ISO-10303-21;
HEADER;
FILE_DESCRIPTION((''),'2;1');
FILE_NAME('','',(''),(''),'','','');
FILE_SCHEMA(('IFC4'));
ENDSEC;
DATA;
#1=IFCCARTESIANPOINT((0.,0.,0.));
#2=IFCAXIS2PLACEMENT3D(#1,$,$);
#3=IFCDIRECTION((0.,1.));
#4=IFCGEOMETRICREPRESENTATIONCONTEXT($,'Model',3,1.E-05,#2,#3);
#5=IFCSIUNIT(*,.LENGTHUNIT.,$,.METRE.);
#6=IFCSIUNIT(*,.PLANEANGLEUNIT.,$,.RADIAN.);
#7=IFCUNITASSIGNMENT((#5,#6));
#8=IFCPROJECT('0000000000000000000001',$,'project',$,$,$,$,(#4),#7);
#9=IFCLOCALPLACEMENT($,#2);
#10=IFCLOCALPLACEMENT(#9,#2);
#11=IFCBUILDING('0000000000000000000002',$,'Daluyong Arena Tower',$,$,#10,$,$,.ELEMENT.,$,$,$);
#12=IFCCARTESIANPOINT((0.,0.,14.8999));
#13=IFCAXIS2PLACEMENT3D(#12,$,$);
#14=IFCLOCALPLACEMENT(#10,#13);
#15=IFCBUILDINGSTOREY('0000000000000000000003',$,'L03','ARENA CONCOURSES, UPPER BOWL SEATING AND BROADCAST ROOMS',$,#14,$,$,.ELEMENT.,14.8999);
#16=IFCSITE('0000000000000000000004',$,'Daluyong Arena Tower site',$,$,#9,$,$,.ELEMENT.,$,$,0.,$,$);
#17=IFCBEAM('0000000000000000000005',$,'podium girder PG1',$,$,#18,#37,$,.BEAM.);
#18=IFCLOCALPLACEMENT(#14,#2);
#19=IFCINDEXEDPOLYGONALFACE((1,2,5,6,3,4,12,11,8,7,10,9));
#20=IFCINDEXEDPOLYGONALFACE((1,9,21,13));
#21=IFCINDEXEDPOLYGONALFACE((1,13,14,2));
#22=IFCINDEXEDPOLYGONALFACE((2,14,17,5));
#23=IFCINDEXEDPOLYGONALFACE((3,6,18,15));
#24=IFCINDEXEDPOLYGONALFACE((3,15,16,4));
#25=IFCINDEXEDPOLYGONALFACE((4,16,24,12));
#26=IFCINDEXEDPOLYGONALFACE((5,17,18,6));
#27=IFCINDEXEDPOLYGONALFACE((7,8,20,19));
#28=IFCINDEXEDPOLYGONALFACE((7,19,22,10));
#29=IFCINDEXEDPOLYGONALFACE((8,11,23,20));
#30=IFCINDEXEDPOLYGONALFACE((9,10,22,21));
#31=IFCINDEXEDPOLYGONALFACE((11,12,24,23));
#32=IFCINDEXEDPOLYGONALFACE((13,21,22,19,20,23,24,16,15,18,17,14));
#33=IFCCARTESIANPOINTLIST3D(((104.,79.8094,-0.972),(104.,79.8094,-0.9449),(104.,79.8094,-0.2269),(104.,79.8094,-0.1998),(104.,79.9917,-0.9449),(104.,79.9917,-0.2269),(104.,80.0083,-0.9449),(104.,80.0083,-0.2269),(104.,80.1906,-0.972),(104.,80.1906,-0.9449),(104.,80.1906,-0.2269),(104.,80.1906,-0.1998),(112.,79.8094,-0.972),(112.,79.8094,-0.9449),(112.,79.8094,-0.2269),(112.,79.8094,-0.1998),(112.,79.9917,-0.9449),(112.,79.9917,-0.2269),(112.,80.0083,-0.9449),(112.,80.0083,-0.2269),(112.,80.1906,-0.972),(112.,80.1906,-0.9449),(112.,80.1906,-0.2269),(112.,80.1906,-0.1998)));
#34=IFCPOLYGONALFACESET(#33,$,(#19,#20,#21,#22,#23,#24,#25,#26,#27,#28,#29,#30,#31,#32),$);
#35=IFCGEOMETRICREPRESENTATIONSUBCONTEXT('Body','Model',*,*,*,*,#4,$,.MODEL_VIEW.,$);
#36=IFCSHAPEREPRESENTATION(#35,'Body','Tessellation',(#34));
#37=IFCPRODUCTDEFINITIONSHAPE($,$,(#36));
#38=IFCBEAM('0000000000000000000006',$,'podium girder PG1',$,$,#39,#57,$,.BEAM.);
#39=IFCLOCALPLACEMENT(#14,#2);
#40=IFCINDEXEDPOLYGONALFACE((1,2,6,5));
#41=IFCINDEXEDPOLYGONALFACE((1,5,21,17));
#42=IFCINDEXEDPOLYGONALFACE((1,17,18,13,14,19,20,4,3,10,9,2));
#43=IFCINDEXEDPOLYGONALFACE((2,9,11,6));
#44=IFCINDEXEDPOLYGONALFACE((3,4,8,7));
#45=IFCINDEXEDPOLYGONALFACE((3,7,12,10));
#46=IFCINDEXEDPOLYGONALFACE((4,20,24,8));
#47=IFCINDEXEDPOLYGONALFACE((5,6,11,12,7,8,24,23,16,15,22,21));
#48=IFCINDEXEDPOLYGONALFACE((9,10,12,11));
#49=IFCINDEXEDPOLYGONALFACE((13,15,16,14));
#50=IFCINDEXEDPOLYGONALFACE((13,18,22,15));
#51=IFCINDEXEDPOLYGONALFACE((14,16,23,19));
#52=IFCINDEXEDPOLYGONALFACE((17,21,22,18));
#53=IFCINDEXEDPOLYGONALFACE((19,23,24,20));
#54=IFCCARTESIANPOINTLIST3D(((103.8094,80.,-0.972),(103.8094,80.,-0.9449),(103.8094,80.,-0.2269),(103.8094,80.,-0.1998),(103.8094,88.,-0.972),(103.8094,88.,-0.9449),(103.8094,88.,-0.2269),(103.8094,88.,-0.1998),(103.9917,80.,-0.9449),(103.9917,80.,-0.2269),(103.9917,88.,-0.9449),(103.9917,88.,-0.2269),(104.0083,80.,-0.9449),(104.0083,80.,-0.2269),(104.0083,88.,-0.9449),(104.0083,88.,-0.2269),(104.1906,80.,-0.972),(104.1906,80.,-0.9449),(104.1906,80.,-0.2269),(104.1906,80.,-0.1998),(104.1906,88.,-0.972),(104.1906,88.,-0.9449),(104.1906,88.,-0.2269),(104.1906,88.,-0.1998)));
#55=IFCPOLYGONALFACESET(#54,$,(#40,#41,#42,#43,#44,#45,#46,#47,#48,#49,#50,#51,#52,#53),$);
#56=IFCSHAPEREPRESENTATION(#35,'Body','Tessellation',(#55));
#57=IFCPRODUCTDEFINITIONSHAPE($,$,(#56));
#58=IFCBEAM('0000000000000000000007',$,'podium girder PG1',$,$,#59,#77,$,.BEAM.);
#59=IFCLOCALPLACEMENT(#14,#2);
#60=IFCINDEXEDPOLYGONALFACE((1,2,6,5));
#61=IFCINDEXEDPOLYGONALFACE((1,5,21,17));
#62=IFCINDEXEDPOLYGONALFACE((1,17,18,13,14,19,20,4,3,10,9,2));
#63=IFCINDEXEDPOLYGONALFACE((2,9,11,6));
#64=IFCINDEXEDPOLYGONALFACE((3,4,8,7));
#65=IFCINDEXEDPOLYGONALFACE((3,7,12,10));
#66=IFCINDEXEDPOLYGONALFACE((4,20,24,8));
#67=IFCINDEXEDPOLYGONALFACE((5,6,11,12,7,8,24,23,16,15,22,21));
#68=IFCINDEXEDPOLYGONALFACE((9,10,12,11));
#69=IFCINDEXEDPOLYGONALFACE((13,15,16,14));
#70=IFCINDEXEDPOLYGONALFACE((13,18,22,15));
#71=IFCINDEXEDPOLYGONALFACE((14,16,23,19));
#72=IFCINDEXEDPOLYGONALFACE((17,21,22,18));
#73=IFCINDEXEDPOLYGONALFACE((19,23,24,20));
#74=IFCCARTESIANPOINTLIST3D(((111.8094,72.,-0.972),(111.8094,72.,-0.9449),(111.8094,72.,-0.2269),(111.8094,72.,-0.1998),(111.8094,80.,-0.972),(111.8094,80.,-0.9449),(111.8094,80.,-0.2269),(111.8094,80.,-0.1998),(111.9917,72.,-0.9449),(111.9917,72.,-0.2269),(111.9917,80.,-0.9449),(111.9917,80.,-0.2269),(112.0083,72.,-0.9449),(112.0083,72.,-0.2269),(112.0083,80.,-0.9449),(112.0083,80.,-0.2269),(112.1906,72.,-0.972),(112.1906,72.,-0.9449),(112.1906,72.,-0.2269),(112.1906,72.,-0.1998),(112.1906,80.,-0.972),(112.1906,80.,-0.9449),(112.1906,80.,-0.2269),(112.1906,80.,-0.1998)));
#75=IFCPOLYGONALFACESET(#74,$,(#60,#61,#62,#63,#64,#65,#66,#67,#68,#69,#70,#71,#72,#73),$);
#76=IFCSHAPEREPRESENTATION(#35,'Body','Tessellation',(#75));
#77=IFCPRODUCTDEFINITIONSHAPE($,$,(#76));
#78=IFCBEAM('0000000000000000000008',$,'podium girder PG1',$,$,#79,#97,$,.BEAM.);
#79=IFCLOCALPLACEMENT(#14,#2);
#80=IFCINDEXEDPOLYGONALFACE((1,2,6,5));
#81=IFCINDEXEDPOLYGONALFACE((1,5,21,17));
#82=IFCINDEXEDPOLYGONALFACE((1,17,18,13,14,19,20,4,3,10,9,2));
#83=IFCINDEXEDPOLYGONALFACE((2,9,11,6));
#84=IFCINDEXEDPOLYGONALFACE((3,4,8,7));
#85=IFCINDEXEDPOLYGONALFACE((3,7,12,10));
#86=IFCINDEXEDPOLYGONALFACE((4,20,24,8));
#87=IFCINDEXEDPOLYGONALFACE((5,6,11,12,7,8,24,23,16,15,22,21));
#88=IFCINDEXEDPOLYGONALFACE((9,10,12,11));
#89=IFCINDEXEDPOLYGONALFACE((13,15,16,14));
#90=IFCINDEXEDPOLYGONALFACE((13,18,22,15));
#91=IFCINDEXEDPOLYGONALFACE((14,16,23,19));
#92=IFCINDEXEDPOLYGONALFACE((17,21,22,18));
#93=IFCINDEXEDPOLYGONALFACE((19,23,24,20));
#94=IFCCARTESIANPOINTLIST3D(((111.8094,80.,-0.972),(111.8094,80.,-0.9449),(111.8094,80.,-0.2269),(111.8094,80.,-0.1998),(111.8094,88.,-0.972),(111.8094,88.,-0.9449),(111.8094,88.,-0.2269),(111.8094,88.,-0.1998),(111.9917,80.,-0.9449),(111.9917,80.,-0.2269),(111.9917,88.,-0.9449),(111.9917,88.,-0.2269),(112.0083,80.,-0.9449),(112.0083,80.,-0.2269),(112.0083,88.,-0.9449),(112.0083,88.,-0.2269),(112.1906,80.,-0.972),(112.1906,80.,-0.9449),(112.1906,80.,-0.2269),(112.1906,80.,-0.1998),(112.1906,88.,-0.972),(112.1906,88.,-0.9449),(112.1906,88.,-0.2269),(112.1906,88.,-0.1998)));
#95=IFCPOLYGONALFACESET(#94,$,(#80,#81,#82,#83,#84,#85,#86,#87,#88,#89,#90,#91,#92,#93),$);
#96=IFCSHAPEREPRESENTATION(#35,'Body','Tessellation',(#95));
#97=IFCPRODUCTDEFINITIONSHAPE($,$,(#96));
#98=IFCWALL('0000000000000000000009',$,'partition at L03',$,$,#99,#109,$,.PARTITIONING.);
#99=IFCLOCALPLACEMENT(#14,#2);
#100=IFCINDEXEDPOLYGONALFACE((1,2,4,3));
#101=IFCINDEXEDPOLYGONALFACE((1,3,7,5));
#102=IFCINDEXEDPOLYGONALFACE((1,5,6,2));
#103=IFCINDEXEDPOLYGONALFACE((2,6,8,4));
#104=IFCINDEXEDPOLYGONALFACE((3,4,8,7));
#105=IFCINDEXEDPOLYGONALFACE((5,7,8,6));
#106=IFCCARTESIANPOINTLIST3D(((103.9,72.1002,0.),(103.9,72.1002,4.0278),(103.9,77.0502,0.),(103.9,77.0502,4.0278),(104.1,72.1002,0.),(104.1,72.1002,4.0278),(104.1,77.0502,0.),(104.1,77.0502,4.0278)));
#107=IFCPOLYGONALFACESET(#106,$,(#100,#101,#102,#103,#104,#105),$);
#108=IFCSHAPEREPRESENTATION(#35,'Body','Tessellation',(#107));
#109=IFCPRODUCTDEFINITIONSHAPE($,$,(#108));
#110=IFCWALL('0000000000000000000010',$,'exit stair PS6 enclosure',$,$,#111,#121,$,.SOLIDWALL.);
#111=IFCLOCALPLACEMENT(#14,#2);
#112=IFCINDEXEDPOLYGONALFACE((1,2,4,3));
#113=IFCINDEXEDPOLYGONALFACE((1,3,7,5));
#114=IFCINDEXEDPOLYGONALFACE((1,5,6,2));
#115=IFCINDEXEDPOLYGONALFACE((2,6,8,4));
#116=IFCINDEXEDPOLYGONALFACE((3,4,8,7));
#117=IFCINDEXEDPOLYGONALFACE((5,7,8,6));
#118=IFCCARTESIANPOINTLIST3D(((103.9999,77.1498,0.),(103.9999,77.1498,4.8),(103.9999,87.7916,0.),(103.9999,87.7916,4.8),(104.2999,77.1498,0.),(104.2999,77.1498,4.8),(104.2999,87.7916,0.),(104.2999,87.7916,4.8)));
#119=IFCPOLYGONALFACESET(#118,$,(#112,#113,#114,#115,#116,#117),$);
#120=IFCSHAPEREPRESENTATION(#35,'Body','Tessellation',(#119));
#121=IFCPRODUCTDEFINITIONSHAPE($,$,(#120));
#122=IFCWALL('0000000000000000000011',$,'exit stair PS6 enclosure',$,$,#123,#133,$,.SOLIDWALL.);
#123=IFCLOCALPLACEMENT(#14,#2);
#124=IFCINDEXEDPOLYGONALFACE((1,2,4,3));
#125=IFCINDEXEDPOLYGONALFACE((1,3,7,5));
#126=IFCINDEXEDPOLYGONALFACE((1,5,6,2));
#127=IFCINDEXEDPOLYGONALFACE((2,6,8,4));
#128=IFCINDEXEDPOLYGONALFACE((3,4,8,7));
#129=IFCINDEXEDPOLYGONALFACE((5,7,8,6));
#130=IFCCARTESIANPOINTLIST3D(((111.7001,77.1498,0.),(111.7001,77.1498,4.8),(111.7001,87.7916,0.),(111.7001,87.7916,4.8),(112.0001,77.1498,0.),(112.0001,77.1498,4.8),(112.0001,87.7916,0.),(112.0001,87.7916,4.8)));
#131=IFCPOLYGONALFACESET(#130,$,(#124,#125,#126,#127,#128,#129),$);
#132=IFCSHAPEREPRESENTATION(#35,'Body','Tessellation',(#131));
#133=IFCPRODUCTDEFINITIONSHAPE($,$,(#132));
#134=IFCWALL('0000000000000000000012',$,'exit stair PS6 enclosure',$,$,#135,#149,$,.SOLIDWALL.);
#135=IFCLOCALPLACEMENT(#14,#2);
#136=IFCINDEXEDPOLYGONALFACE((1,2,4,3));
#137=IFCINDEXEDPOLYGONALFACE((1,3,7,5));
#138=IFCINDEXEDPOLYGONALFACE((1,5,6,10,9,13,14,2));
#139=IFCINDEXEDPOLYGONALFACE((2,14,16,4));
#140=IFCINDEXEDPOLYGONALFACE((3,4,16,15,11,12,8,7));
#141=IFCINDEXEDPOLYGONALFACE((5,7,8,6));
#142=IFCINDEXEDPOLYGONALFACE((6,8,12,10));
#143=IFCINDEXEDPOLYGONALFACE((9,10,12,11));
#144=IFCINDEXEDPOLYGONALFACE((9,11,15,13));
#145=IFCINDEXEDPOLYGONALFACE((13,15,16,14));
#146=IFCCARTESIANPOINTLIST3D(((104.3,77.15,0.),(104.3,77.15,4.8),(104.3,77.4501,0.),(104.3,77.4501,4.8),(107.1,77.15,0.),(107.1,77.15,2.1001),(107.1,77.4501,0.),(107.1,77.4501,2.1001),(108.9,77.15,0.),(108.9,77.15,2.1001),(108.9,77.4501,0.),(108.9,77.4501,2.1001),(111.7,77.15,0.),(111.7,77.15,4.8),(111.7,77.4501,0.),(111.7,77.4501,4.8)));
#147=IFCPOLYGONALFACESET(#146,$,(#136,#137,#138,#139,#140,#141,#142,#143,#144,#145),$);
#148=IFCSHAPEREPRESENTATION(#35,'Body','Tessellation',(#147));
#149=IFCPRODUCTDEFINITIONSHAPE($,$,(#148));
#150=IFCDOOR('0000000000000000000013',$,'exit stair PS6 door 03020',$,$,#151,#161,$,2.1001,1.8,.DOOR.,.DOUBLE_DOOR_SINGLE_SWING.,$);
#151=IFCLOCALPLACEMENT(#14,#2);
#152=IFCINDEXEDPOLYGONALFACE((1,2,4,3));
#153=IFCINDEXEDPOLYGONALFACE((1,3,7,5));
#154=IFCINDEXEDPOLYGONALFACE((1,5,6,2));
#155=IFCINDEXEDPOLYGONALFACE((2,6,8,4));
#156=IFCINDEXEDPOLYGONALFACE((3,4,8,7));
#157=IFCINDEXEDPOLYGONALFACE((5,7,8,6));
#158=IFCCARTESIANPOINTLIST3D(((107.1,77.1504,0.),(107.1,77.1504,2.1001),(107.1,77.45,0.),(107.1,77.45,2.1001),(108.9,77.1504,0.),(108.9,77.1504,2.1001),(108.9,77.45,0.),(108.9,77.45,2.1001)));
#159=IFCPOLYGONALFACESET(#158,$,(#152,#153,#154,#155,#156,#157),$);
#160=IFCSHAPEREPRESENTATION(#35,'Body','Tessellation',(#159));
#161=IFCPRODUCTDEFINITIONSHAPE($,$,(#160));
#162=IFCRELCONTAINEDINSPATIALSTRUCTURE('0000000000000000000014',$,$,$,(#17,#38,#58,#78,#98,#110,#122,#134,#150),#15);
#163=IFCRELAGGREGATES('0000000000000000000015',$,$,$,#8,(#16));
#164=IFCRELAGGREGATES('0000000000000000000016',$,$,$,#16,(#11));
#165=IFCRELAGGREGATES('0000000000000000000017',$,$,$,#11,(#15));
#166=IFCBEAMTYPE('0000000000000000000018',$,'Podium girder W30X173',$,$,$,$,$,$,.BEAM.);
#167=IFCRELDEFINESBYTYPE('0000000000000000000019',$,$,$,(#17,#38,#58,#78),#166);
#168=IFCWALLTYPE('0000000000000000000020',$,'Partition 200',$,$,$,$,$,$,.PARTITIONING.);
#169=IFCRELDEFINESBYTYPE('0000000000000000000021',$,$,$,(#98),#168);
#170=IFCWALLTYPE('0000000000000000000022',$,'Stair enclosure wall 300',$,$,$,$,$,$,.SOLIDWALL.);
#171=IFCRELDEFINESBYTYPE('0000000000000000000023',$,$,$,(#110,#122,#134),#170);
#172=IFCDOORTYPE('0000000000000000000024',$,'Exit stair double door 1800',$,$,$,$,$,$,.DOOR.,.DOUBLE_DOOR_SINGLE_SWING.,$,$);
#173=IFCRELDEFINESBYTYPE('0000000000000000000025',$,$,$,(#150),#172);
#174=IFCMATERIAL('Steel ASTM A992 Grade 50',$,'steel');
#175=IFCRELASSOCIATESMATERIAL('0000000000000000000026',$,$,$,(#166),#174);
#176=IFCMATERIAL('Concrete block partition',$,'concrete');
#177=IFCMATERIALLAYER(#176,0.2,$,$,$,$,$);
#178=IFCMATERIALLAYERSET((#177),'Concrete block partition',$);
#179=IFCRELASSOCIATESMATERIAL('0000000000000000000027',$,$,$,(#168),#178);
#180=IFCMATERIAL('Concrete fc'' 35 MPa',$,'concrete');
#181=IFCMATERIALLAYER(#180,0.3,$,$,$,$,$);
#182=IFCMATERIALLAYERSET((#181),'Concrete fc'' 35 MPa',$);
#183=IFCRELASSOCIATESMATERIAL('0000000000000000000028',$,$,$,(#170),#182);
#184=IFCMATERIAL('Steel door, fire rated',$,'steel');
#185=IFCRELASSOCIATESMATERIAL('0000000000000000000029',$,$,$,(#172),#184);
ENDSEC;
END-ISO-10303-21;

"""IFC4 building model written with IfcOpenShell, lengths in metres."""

from ifc_helpers import new_model, si_unit, direction, frame, frame_2d, origin, origin_2d, place, context, subcontext, project, spatial, rectangle, i_section, extrude, material, layer, layer_set, material_profile, profile_set, type_object, element, fill, save


model = new_model("IFC4")

# Units and contexts
model_context = context("Model", 3, precision=1e-05, world=origin(), true_north=direction((0.0, 1.0)))
body_context = subcontext(model_context, "Body", "Model", "MODEL_VIEW")
ifc_project = project(units=[si_unit("LENGTHUNIT", "METRE"), si_unit("PLANEANGLEUNIT", "RADIAN")], contexts=[model_context])

# Site, building, storey
site_placement = place(None, origin())
site = spatial("IfcSite", under=ifc_project, at=site_placement, Name="Daluyong Arena Tower site", CompositionType="ELEMENT", RefElevation=0.0)
building_placement = place(site_placement, origin())
building = spatial("IfcBuilding", under=site, at=building_placement, Name="Daluyong Arena Tower", CompositionType="ELEMENT")
storey_placement = place(building_placement, frame((0.0, 0.0, 14.8999)))
storey = spatial("IfcBuildingStorey", under=building, at=storey_placement, Name="L03", Description="ARENA CONCOURSES, UPPER BOWL SEATING AND BROADCAST ROOMS", CompositionType="ELEMENT", Elevation=14.8999)

# Beams
ifc_material_1 = material(Name="Steel ASTM A992 Grade 50", Category="steel")
ifc_material_profile_1 = material_profile(ifc_material_1, i_section(OverallWidth=0.3811, OverallDepth=0.7722, WebThickness=0.0166, FlangeThickness=0.0271, at=origin_2d()))
ifc_profile_set_1 = profile_set([ifc_material_profile_1], Name="Steel ASTM A992 Grade 50")
beam_type_1 = type_object("IfcBeamType", Name="Podium girder W30X173", PredefinedType="BEAM", material=ifc_profile_set_1)
for number, where, z_axis, x_axis, name in (
    (1, (104.0, 80.0, -0.5859), (1.0, 0.0, 0.0), (0.0, 1.0, 0.0), "podium girder PG1"),
    (2, (104.0, 80.0, -0.5859), (0.0, 1.0, 0.0), (-1.0, 0.0, 0.0), "podium girder PG1"),
    (3, (112.0, 72.0, -0.5859), (0.0, 1.0, 0.0), (-1.0, 0.0, 0.0), "podium girder PG1"),
    (4, (112.0, 80.0, -0.5859), (0.0, 1.0, 0.0), (-1.0, 0.0, 0.0), "podium girder PG1"),
):
    element("IfcBeam", number, at=place(storey_placement, frame(where, z_axis=z_axis, x_axis=x_axis)), inside=storey, type_object=beam_type_1, Name=name, PredefinedType="BEAM", context=body_context, shape_type="SweptSolid", body=[
        extrude(i_section(OverallWidth=0.3811, OverallDepth=0.7722, WebThickness=0.0166, FlangeThickness=0.0271, at=origin_2d()), origin(), (0.0, 0.0, 1.0), 8.0),
    ])

# Walls
ifc_material_2 = material(Name="Concrete block partition", Category="concrete")
ifc_layer_1 = layer(ifc_material_2, 0.2)
ifc_layer_set_1 = layer_set([ifc_layer_1], Name="Concrete block partition")
wall_type_1 = type_object("IfcWallType", Name="Partition 200", PredefinedType="PARTITIONING", material=ifc_layer_set_1)
wall_1_placement = place(storey_placement, frame((104.0, 72.1001, 0.0), z_axis=(0.0, 0.0, 1.0), x_axis=(0.0, 1.0, 0.0)))
element("IfcWall", 5, at=wall_1_placement, inside=storey, type_object=wall_type_1, Name="partition at L03", PredefinedType="PARTITIONING", context=body_context, shape_type="SweptSolid", body=[
    extrude(rectangle(XDim=4.95, YDim=0.2, at=frame_2d((2.4751, 0.0))), origin(), (0.0, 0.0, 1.0), 4.0278),
])
ifc_material_3 = material(Name="Concrete fc' 35 MPa", Category="concrete")
ifc_layer_2 = layer(ifc_material_3, 0.3)
ifc_layer_set_2 = layer_set([ifc_layer_2], Name="Concrete fc' 35 MPa")
wall_type_2 = type_object("IfcWallType", Name="Stair enclosure wall 300", PredefinedType="SOLIDWALL", material=ifc_layer_set_2)
for number, where, z_axis, x_axis, name in (
    (6, (104.1499, 77.1499, 0.0), (0.0, 0.0, 1.0), (0.0, 1.0, 0.0), "exit stair PS6 enclosure"),
    (7, (111.8501, 77.1499, 0.0), (0.0, 0.0, 1.0), (0.0, 1.0, 0.0), "exit stair PS6 enclosure"),
):
    element("IfcWall", number, at=place(storey_placement, frame(where, z_axis=z_axis, x_axis=x_axis)), inside=storey, type_object=wall_type_2, Name=name, PredefinedType="SOLIDWALL", context=body_context, shape_type="SweptSolid", body=[
        extrude(rectangle(XDim=10.6418, YDim=0.3, at=frame_2d((5.3208, 0.0))), origin(), (0.0, 0.0, 1.0), 4.8),
    ])

# Wall, opening, door
wall_2_placement = place(storey_placement, frame((104.3, 77.3, 0.0), z_axis=(0.0, 0.0, 1.0), x_axis=(1.0, 0.0, 0.0)))
wall_2 = element("IfcWall", 8, at=wall_2_placement, inside=storey, type_object=wall_type_2, Name="exit stair PS6 enclosure", PredefinedType="SOLIDWALL", context=body_context, shape_type="SweptSolid", body=[
    extrude(rectangle(XDim=7.3999, YDim=0.3, at=frame_2d((3.7, 0.0))), origin(), (0.0, 0.0, 1.0), 4.8),
])
opening_placement = place(wall_2_placement, frame((2.8, 0.0, 0.0)))
opening = element("IfcOpeningElement", 9, at=opening_placement, cuts=wall_2, PredefinedType="OPENING", context=body_context, shape_type="SweptSolid", body=[
    extrude(rectangle(XDim=1.8, YDim=2.1001, at=frame_2d((0.8999, 1.05))), frame((0.0, 0.1599, 0.0), z_axis=(0.0, -1.0, 0.0), x_axis=(1.0, 0.0, 0.0)), (0.0, 0.0, 1.0), 0.3201),
])
ifc_material_4 = material(Name="Steel door, fire rated", Category="steel")
door_type = type_object("IfcDoorType", Name="Exit stair double door 1800", OperationType="DOUBLE_DOOR_SINGLE_SWING", PredefinedType="DOOR", material=ifc_material_4)
door_placement = place(opening_placement, origin())
door = element("IfcDoor", 10, at=door_placement, inside=storey, type_object=door_type, Name="exit stair PS6 door 03020", OperationType="DOUBLE_DOOR_SINGLE_SWING", OverallHeight=2.1001, OverallWidth=1.8, PredefinedType="DOOR", context=body_context, shape_type="SweptSolid", body=[
    extrude(rectangle(XDim=1.8, YDim=2.1001, at=frame_2d((0.8999, 1.05))), frame((0.0, 0.1499, 0.0), z_axis=(0.0, -1.0, 0.0), x_axis=(1.0, 0.0, 0.0)), (0.0, 0.0, 1.0), 0.2996),
])
fill(opening, door)

save(model, "model.ifc")
